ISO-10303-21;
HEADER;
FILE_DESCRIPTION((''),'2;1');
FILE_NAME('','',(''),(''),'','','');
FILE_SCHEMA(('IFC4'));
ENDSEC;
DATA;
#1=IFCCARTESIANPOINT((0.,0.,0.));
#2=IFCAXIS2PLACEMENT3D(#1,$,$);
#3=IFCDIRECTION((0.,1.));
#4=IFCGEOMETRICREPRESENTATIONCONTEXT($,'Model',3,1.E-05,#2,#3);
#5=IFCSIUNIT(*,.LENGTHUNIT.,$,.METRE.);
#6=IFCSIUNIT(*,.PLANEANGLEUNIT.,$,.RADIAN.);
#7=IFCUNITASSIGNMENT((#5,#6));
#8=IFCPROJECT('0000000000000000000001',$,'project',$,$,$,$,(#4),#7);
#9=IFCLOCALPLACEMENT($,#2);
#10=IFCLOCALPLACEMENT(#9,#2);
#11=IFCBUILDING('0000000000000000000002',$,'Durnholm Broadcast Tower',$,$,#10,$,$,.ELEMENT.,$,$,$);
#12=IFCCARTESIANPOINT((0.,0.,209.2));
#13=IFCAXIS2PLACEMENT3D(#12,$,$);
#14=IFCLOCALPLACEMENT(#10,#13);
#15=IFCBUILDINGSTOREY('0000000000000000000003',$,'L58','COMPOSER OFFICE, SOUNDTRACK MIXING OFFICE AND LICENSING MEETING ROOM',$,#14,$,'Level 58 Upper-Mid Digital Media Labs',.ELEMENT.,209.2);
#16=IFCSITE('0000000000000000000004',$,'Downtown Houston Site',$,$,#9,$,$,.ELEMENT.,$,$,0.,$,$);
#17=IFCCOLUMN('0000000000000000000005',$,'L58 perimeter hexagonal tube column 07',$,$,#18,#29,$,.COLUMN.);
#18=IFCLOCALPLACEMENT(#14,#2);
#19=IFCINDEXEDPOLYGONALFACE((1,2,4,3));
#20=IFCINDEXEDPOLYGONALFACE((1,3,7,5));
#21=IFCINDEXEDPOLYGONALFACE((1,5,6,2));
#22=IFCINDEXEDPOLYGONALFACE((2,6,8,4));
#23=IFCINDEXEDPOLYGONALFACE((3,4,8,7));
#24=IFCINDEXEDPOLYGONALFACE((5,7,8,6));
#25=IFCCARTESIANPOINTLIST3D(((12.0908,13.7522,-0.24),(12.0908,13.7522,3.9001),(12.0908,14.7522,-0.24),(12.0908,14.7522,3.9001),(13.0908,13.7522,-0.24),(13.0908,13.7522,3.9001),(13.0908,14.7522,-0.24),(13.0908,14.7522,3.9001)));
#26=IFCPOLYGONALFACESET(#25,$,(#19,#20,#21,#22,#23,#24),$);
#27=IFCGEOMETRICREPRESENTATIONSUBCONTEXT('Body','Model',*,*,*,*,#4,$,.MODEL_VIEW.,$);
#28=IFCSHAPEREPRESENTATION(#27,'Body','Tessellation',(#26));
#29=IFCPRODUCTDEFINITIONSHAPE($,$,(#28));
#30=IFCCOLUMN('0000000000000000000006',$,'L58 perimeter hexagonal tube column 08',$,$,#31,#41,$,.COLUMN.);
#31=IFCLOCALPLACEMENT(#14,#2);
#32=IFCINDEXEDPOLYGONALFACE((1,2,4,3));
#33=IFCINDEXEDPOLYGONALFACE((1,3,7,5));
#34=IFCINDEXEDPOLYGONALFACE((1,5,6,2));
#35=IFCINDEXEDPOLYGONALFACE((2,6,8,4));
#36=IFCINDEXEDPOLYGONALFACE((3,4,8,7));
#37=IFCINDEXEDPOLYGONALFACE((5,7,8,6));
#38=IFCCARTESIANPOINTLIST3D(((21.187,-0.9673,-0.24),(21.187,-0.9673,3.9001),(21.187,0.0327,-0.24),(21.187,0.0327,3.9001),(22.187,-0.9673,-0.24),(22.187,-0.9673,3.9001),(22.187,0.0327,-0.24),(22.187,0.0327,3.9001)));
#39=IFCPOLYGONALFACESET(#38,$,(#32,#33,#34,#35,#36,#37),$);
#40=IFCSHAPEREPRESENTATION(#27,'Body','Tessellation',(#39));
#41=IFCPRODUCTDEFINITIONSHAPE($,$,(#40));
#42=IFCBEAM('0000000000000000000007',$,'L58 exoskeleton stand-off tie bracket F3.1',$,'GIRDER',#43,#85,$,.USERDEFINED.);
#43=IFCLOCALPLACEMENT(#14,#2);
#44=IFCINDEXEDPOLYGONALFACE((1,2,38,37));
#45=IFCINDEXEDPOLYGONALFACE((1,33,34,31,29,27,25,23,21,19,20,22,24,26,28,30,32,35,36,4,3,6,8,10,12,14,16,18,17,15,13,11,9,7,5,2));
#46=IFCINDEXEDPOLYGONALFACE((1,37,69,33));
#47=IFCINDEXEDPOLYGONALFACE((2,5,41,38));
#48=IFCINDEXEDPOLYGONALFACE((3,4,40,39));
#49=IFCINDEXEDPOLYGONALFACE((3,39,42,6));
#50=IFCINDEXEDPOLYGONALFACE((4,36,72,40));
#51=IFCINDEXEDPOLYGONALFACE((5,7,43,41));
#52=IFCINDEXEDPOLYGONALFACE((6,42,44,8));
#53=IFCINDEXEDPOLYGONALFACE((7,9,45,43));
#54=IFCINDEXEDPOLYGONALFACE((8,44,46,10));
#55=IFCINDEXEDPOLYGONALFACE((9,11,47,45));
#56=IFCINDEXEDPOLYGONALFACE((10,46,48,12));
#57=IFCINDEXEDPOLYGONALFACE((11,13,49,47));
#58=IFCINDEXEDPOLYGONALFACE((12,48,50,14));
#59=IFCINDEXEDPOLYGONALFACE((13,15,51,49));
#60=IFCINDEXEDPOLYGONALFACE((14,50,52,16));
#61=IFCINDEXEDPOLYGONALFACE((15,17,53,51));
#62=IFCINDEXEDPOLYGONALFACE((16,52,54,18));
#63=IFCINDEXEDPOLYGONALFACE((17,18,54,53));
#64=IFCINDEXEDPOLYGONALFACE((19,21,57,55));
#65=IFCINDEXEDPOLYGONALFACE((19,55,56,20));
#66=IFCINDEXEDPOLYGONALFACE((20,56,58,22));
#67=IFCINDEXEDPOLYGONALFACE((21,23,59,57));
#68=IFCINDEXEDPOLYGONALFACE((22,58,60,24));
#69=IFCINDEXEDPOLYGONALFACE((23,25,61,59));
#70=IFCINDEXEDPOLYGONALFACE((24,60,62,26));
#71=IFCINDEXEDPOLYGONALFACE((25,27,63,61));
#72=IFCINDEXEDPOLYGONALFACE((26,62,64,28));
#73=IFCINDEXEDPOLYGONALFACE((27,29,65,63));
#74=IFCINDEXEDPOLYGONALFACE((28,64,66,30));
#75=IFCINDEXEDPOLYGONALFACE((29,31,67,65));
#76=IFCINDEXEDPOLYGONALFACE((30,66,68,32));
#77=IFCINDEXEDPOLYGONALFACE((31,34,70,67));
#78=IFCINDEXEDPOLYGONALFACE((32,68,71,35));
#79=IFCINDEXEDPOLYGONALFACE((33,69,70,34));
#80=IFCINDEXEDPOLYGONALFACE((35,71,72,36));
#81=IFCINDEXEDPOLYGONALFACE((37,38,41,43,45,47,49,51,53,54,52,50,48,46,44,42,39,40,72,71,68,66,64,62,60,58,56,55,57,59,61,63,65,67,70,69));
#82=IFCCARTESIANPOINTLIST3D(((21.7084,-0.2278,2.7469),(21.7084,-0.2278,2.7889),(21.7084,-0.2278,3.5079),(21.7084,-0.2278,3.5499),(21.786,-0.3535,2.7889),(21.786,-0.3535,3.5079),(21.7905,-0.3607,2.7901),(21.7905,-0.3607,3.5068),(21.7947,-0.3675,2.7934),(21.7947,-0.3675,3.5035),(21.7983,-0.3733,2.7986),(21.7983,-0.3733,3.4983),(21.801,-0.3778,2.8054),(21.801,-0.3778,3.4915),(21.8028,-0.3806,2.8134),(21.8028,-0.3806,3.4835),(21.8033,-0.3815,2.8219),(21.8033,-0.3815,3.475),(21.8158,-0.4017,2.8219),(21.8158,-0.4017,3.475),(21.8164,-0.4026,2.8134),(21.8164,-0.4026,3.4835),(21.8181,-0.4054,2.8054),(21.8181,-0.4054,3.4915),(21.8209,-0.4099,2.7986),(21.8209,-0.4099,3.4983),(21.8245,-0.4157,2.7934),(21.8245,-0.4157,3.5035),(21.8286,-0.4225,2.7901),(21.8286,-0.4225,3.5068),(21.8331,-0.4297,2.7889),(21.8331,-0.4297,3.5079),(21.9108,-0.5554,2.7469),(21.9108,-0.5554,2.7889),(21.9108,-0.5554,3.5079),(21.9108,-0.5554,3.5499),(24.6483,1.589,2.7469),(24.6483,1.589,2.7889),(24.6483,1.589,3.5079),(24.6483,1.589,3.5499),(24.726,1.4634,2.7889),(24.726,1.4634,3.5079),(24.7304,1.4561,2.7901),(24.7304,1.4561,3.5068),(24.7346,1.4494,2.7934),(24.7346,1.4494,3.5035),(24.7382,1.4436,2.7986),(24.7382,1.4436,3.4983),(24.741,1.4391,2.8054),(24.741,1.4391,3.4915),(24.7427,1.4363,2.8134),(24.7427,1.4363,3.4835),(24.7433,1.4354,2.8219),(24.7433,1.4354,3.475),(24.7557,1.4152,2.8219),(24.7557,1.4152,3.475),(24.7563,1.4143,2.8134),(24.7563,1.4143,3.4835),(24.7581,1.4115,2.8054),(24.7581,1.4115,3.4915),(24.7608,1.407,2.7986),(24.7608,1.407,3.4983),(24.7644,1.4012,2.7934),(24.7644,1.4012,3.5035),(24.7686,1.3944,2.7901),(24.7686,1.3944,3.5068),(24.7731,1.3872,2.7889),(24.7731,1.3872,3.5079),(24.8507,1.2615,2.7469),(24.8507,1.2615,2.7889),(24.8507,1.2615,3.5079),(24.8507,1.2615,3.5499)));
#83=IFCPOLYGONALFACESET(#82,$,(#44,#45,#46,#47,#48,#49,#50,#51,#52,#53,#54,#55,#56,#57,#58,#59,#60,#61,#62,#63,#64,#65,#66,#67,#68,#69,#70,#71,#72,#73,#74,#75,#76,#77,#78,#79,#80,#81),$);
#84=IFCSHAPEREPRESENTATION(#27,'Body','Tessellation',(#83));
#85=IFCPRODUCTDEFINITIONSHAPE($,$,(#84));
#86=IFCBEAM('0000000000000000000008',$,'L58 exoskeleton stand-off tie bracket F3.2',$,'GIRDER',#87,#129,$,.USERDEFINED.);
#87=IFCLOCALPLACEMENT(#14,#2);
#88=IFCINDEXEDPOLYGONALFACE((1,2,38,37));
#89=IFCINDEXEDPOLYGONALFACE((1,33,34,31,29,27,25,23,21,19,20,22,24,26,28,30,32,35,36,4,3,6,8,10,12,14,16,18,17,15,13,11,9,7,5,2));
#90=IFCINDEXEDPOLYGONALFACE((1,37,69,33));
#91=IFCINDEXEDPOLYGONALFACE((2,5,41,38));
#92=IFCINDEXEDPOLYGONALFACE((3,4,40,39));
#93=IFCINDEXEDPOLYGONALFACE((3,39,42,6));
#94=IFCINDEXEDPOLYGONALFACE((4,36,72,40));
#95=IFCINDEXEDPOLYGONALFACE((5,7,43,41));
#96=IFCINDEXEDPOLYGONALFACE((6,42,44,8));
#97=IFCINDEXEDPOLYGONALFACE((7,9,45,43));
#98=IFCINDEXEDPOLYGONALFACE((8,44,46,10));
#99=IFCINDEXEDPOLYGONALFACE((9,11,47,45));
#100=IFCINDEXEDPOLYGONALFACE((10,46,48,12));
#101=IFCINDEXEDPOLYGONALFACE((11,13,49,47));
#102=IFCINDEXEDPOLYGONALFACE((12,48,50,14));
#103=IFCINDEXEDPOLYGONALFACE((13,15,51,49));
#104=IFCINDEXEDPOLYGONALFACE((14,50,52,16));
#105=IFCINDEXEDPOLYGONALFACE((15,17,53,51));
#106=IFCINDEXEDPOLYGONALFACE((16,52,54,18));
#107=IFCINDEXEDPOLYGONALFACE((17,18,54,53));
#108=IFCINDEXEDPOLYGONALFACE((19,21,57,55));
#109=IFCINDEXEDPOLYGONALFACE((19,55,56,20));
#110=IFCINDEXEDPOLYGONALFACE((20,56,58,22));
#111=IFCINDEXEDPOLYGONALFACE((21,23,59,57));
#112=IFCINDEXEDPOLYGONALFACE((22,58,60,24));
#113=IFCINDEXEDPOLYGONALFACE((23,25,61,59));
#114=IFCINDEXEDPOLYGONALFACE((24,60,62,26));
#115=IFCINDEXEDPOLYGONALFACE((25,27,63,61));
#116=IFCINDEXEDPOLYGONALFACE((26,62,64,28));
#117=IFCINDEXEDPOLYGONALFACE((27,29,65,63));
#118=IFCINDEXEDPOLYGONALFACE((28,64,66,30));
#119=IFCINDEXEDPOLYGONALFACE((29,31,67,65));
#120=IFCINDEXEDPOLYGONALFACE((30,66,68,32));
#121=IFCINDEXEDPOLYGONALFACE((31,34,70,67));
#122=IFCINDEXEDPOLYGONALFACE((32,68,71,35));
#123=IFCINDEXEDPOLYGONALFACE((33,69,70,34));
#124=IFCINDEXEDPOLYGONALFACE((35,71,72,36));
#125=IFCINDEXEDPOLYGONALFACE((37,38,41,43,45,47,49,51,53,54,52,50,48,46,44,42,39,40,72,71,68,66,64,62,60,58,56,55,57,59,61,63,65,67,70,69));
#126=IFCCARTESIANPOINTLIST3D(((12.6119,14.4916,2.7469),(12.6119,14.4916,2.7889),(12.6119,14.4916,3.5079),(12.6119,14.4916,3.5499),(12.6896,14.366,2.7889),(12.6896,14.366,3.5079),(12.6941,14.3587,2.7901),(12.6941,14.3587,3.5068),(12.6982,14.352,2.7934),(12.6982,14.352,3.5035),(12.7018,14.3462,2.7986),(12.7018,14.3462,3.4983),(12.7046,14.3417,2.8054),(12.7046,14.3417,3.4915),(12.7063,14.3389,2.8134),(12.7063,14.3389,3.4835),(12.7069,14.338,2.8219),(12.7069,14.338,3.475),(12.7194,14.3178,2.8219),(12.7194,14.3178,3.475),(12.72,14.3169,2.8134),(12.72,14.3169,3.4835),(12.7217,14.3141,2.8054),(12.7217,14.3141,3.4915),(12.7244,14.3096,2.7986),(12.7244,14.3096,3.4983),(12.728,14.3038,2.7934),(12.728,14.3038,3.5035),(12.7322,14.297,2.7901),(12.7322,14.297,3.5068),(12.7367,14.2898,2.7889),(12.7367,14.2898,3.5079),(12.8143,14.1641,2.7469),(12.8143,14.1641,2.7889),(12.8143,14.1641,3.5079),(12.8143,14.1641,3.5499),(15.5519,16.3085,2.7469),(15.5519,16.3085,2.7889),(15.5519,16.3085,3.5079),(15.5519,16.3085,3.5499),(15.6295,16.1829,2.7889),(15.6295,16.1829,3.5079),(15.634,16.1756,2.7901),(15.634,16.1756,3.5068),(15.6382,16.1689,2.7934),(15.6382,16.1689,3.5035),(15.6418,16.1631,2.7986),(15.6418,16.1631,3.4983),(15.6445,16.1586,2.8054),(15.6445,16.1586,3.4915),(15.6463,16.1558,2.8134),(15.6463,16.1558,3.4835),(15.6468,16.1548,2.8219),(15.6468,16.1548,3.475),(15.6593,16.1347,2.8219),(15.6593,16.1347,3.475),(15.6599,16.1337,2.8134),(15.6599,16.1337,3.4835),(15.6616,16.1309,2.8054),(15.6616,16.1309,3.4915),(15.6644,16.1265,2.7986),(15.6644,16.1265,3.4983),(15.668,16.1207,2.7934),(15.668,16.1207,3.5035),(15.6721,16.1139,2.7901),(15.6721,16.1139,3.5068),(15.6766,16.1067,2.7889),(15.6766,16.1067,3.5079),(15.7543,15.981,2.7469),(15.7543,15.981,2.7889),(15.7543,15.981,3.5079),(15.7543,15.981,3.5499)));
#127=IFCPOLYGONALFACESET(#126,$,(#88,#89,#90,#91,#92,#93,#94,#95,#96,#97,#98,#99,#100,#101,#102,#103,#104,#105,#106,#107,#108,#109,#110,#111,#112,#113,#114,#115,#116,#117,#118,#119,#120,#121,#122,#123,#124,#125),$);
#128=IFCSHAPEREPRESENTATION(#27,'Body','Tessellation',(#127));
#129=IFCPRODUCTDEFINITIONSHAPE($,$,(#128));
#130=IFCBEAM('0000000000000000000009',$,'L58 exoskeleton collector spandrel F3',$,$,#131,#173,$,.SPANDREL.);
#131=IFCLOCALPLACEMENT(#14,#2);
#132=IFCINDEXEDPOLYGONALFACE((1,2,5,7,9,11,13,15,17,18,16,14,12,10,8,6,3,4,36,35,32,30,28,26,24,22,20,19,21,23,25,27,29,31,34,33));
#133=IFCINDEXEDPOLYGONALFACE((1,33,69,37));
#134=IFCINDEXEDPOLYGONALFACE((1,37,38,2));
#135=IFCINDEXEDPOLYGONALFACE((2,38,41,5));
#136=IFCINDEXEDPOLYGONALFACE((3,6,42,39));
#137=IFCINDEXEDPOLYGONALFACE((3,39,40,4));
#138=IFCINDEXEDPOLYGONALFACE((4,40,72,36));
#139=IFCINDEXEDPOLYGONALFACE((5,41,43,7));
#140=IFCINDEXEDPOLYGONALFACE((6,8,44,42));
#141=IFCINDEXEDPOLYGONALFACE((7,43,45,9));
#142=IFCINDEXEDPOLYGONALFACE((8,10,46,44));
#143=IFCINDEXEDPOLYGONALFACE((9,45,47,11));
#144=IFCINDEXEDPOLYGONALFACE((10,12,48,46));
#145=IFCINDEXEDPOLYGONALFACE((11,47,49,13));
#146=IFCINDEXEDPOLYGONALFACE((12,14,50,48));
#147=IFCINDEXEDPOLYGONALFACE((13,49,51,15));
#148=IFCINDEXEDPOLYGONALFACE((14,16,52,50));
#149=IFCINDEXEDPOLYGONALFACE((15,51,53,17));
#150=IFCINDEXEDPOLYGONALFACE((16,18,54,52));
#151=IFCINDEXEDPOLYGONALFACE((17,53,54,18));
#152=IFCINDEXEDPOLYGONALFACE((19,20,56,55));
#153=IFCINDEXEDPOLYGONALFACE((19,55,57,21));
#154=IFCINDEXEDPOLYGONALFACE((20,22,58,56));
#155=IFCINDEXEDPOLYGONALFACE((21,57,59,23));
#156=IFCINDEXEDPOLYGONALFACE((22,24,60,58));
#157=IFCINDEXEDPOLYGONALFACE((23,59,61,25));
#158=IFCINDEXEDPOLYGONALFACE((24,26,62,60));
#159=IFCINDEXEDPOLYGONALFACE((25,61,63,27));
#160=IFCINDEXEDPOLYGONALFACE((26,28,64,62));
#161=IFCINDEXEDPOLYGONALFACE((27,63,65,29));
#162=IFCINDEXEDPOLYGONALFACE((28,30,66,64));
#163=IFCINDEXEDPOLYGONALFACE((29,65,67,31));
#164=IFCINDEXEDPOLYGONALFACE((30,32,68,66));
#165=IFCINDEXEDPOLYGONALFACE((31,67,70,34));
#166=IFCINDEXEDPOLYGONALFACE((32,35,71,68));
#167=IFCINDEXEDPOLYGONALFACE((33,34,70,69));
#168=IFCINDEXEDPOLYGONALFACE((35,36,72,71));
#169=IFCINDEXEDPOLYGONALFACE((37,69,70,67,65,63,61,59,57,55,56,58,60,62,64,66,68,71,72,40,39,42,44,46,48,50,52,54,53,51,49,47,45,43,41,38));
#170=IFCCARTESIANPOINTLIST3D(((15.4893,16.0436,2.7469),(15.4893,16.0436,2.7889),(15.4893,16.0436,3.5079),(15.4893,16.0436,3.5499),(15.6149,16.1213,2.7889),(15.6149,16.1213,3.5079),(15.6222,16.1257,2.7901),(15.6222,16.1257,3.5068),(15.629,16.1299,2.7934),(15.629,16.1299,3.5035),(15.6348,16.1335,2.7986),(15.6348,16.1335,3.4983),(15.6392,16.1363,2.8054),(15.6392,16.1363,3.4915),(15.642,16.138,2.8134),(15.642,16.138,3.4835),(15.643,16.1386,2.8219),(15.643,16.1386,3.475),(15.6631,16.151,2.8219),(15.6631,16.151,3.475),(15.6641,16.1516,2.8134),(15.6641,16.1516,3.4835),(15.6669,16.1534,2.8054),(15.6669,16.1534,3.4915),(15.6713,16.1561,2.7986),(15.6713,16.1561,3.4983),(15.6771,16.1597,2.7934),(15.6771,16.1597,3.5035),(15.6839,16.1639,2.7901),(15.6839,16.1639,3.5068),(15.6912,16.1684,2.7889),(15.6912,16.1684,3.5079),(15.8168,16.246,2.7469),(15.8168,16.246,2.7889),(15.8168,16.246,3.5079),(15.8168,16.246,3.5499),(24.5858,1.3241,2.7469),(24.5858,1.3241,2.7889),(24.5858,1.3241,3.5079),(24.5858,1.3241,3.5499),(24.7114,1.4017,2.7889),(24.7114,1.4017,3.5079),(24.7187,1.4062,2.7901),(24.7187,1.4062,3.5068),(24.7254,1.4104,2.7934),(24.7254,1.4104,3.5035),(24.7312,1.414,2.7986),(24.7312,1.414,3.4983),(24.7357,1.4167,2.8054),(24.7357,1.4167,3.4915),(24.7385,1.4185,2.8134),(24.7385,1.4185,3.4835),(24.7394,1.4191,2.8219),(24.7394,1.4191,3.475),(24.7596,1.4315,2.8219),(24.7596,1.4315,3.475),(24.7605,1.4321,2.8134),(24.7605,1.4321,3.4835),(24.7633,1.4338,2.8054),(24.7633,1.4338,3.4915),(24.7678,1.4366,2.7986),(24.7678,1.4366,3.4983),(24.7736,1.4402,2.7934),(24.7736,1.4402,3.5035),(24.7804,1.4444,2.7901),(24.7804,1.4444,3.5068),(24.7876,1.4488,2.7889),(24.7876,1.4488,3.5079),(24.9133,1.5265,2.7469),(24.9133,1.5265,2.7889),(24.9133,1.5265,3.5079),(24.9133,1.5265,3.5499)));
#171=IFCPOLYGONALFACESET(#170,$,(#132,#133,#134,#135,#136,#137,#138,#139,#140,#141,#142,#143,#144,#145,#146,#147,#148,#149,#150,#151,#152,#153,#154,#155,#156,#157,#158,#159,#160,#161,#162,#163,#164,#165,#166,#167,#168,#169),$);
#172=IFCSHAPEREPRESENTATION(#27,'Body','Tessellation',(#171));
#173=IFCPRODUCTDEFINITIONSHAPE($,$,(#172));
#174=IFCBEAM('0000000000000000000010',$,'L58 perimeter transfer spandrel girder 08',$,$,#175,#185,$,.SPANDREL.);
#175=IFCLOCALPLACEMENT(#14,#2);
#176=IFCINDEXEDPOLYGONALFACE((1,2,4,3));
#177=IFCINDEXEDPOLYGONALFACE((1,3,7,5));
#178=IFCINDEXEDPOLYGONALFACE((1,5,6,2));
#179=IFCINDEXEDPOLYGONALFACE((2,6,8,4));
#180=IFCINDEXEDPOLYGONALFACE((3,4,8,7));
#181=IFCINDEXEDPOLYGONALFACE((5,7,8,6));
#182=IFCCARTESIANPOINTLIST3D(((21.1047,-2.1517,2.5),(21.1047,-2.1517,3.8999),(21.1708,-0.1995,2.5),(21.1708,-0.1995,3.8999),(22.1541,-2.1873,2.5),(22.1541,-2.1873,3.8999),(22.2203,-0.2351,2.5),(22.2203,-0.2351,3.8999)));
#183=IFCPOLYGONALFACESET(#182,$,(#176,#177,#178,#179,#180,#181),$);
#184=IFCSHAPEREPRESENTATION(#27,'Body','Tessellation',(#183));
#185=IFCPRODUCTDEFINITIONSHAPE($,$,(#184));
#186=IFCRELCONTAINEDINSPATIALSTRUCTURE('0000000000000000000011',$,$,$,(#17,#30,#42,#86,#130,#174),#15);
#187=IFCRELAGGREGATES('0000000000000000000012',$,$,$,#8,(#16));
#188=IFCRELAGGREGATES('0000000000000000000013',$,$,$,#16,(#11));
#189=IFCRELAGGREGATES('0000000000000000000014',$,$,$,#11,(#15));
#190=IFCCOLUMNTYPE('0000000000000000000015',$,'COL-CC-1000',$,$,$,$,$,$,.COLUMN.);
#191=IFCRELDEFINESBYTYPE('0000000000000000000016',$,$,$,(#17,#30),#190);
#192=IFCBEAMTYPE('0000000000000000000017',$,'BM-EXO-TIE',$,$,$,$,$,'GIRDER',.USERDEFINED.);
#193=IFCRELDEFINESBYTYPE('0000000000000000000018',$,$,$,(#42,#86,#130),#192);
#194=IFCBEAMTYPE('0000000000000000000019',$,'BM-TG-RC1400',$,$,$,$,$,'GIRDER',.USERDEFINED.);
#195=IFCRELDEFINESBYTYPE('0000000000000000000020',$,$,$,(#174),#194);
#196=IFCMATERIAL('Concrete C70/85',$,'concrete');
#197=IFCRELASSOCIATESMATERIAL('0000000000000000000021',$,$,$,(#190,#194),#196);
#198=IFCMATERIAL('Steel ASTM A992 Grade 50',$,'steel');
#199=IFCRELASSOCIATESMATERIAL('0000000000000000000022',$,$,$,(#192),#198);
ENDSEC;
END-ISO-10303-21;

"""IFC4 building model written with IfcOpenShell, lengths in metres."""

from ifc_helpers import new_model, si_unit, direction, frame, origin, origin_2d, place, context, subcontext, project, spatial, rectangle, i_section, extrude, source, transform, mapped, material, material_profile, profile_set, type_object, type_shapes, element, save


model = new_model("IFC4")

# Units and contexts
model_context = context("Model", 3, precision=1e-05, world=origin(), true_north=direction((0.0, 1.0)))
body_context = subcontext(model_context, "Body", "Model", "MODEL_VIEW")
ifc_project = project(units=[si_unit("LENGTHUNIT", "METRE"), si_unit("PLANEANGLEUNIT", "RADIAN")], contexts=[model_context])

# Site, building, storey
site_placement = place(None, origin())
site = spatial("IfcSite", under=ifc_project, at=site_placement, Name="Downtown Houston Site", CompositionType="ELEMENT", RefElevation=0.0)
building_placement = place(site_placement, origin())
building = spatial("IfcBuilding", under=site, at=building_placement, Name="Durnholm Broadcast Tower", CompositionType="ELEMENT")
storey_placement = place(building_placement, frame((0.0, 0.0, 209.2)))
storey = spatial("IfcBuildingStorey", under=building, at=storey_placement, Name="L58", Description="COMPOSER OFFICE, SOUNDTRACK MIXING OFFICE AND LICENSING MEETING ROOM", LongName="Level 58 Upper-Mid Digital Media Labs", CompositionType="ELEMENT", Elevation=209.2)

# Columns
ifc_material_1 = material(Name="Concrete C70/85", Category="concrete")
ifc_material_profile_1 = material_profile(ifc_material_1, rectangle(XDim=1.0, YDim=1.0, at=origin_2d()), Name="RC1000X1000")
ifc_profile_set_1 = profile_set([ifc_material_profile_1], Name="Concrete C70/85")
column_type = type_object("IfcColumnType", Name="COL-CC-1000", PredefinedType="COLUMN", material=ifc_profile_set_1)
shared_shape_1 = source(origin(), body_context, "Body", "SweptSolid", [
    extrude(rectangle(XDim=1.0, YDim=1.0, at=origin_2d()), origin(), (0.0, 0.0, 1.0), 4.1401),
])
type_shapes(column_type, [shared_shape_1])
for number, where, z_axis, x_axis, name in (
    (1, (12.5908, 14.2522, -0.24), (0.0, 0.0, 1.0), (1.0, 0.0, 0.0), "L58 perimeter hexagonal tube column 07"),
    (2, (21.687, -0.4673, -0.24), (0.0, 0.0, 1.0), (1.0, 0.0, 0.0), "L58 perimeter hexagonal tube column 08"),
):
    element("IfcColumn", number, at=place(storey_placement, frame(where, z_axis=z_axis, x_axis=x_axis)), inside=storey, type_object=column_type, Name=name, PredefinedType="COLUMN", context=body_context, shape_type="MappedRepresentation", body=[
        mapped(shared_shape_1, transform((0.0, 0.0, 0.0), x_axis=(1.0, 0.0, 0.0), y_axis=(0.0, 1.0, 0.0), z_axis=(0.0, 0.0, 1.0), scale=1.0)),
    ])

# Beams
ifc_material_2 = material(Name="Steel ASTM A992 Grade 50", Category="steel")
ifc_material_profile_2 = material_profile(ifc_material_2, i_section(OverallWidth=0.385, OverallDepth=0.803, WebThickness=0.0237, FlangeThickness=0.042, FilletRadius=0.033, at=origin_2d()), Name="W30X261")
ifc_profile_set_2 = profile_set([ifc_material_profile_2], Name="Steel ASTM A992 Grade 50")
beam_type_1 = type_object("IfcBeamType", Name="BM-EXO-TIE", ElementType="GIRDER", PredefinedType="USERDEFINED", material=ifc_profile_set_2)
shared_shape_2 = source(origin(), body_context, "Body", "SweptSolid", [
    extrude(i_section(OverallWidth=0.385, OverallDepth=0.803, WebThickness=0.0237, FlangeThickness=0.042, FilletRadius=0.033, at=origin_2d()), origin(), (0.0, 0.0, 1.0), 3.4561),
])
for number, where, z_axis, x_axis, name in (
    (3, (21.8096, -0.3916, 3.1484), (0.850662, 0.525712, 0.0), (-0.525712, 0.850662, 0.0), "L58 exoskeleton stand-off tie bracket F3.1"),
    (4, (12.7131, 14.3279, 3.1484), (0.850662, 0.525712, 0.0), (-0.525712, 0.850662, 0.0), "L58 exoskeleton stand-off tie bracket F3.2"),
):
    element("IfcBeam", number, at=place(storey_placement, frame(where, z_axis=z_axis, x_axis=x_axis)), inside=storey, type_object=beam_type_1, Name=name, ObjectType="GIRDER", PredefinedType="USERDEFINED", context=body_context, shape_type="MappedRepresentation", body=[
        mapped(shared_shape_2, transform((0.0, 0.0, 0.0), x_axis=(1.0, 0.0, 0.0), y_axis=(0.0, 1.0, 0.0), z_axis=(0.0, 0.0, 1.0), scale=1.0)),
    ])
shared_shape_3 = source(origin(), body_context, "Body", "SweptSolid", [
    extrude(i_section(OverallWidth=0.385, OverallDepth=0.803, WebThickness=0.0237, FlangeThickness=0.042, FilletRadius=0.033, at=origin_2d()), origin(), (0.0, 0.0, 1.0), 17.3035),
])
type_shapes(beam_type_1, [shared_shape_2, shared_shape_3])
beam_1_placement = place(storey_placement, frame((24.7495, 1.4253, 3.1484), z_axis=(-0.525702, 0.850669, 0.0), x_axis=(-0.850669, -0.525702, 0.0)))
element("IfcBeam", 5, at=beam_1_placement, inside=storey, type_object=beam_type_1, Name="L58 exoskeleton collector spandrel F3", PredefinedType="SPANDREL", context=body_context, shape_type="MappedRepresentation", body=[
    mapped(shared_shape_3, transform((0.0, 0.0, 0.0), x_axis=(1.0, 0.0, 0.0), y_axis=(0.0, 1.0, 0.0), z_axis=(0.0, 0.0, 1.0), scale=1.0)),
])
ifc_material_profile_3 = material_profile(ifc_material_1, rectangle(XDim=1.05, YDim=1.3999, at=origin_2d()), Name="RC1050X1400")
ifc_profile_set_3 = profile_set([ifc_material_profile_3], Name="Concrete C70/85")
beam_type_2 = type_object("IfcBeamType", Name="BM-TG-RC1400", ElementType="GIRDER", PredefinedType="USERDEFINED", material=ifc_profile_set_3)
shared_shape_4 = source(origin(), body_context, "Body", "SweptSolid", [
    extrude(rectangle(XDim=1.05, YDim=1.3999, at=origin_2d()), origin(), (0.0, 0.0, 1.0), 1.9534),
])
beam_2_placement = place(storey_placement, frame((21.6956, -0.2173, 3.2), z_axis=(-0.033872, -0.999426, 0.0), x_axis=(0.999426, -0.033872, 0.0)))
element("IfcBeam", 6, at=beam_2_placement, inside=storey, type_object=beam_type_2, Name="L58 perimeter transfer spandrel girder 08", PredefinedType="SPANDREL", context=body_context, shape_type="MappedRepresentation", body=[
    mapped(shared_shape_4, transform((0.0, 0.0, 0.0), x_axis=(1.0, 0.0, 0.0), y_axis=(0.0, 1.0, 0.0), z_axis=(0.0, 0.0, 1.0), scale=1.0)),
])

save(model, "model.ifc")
